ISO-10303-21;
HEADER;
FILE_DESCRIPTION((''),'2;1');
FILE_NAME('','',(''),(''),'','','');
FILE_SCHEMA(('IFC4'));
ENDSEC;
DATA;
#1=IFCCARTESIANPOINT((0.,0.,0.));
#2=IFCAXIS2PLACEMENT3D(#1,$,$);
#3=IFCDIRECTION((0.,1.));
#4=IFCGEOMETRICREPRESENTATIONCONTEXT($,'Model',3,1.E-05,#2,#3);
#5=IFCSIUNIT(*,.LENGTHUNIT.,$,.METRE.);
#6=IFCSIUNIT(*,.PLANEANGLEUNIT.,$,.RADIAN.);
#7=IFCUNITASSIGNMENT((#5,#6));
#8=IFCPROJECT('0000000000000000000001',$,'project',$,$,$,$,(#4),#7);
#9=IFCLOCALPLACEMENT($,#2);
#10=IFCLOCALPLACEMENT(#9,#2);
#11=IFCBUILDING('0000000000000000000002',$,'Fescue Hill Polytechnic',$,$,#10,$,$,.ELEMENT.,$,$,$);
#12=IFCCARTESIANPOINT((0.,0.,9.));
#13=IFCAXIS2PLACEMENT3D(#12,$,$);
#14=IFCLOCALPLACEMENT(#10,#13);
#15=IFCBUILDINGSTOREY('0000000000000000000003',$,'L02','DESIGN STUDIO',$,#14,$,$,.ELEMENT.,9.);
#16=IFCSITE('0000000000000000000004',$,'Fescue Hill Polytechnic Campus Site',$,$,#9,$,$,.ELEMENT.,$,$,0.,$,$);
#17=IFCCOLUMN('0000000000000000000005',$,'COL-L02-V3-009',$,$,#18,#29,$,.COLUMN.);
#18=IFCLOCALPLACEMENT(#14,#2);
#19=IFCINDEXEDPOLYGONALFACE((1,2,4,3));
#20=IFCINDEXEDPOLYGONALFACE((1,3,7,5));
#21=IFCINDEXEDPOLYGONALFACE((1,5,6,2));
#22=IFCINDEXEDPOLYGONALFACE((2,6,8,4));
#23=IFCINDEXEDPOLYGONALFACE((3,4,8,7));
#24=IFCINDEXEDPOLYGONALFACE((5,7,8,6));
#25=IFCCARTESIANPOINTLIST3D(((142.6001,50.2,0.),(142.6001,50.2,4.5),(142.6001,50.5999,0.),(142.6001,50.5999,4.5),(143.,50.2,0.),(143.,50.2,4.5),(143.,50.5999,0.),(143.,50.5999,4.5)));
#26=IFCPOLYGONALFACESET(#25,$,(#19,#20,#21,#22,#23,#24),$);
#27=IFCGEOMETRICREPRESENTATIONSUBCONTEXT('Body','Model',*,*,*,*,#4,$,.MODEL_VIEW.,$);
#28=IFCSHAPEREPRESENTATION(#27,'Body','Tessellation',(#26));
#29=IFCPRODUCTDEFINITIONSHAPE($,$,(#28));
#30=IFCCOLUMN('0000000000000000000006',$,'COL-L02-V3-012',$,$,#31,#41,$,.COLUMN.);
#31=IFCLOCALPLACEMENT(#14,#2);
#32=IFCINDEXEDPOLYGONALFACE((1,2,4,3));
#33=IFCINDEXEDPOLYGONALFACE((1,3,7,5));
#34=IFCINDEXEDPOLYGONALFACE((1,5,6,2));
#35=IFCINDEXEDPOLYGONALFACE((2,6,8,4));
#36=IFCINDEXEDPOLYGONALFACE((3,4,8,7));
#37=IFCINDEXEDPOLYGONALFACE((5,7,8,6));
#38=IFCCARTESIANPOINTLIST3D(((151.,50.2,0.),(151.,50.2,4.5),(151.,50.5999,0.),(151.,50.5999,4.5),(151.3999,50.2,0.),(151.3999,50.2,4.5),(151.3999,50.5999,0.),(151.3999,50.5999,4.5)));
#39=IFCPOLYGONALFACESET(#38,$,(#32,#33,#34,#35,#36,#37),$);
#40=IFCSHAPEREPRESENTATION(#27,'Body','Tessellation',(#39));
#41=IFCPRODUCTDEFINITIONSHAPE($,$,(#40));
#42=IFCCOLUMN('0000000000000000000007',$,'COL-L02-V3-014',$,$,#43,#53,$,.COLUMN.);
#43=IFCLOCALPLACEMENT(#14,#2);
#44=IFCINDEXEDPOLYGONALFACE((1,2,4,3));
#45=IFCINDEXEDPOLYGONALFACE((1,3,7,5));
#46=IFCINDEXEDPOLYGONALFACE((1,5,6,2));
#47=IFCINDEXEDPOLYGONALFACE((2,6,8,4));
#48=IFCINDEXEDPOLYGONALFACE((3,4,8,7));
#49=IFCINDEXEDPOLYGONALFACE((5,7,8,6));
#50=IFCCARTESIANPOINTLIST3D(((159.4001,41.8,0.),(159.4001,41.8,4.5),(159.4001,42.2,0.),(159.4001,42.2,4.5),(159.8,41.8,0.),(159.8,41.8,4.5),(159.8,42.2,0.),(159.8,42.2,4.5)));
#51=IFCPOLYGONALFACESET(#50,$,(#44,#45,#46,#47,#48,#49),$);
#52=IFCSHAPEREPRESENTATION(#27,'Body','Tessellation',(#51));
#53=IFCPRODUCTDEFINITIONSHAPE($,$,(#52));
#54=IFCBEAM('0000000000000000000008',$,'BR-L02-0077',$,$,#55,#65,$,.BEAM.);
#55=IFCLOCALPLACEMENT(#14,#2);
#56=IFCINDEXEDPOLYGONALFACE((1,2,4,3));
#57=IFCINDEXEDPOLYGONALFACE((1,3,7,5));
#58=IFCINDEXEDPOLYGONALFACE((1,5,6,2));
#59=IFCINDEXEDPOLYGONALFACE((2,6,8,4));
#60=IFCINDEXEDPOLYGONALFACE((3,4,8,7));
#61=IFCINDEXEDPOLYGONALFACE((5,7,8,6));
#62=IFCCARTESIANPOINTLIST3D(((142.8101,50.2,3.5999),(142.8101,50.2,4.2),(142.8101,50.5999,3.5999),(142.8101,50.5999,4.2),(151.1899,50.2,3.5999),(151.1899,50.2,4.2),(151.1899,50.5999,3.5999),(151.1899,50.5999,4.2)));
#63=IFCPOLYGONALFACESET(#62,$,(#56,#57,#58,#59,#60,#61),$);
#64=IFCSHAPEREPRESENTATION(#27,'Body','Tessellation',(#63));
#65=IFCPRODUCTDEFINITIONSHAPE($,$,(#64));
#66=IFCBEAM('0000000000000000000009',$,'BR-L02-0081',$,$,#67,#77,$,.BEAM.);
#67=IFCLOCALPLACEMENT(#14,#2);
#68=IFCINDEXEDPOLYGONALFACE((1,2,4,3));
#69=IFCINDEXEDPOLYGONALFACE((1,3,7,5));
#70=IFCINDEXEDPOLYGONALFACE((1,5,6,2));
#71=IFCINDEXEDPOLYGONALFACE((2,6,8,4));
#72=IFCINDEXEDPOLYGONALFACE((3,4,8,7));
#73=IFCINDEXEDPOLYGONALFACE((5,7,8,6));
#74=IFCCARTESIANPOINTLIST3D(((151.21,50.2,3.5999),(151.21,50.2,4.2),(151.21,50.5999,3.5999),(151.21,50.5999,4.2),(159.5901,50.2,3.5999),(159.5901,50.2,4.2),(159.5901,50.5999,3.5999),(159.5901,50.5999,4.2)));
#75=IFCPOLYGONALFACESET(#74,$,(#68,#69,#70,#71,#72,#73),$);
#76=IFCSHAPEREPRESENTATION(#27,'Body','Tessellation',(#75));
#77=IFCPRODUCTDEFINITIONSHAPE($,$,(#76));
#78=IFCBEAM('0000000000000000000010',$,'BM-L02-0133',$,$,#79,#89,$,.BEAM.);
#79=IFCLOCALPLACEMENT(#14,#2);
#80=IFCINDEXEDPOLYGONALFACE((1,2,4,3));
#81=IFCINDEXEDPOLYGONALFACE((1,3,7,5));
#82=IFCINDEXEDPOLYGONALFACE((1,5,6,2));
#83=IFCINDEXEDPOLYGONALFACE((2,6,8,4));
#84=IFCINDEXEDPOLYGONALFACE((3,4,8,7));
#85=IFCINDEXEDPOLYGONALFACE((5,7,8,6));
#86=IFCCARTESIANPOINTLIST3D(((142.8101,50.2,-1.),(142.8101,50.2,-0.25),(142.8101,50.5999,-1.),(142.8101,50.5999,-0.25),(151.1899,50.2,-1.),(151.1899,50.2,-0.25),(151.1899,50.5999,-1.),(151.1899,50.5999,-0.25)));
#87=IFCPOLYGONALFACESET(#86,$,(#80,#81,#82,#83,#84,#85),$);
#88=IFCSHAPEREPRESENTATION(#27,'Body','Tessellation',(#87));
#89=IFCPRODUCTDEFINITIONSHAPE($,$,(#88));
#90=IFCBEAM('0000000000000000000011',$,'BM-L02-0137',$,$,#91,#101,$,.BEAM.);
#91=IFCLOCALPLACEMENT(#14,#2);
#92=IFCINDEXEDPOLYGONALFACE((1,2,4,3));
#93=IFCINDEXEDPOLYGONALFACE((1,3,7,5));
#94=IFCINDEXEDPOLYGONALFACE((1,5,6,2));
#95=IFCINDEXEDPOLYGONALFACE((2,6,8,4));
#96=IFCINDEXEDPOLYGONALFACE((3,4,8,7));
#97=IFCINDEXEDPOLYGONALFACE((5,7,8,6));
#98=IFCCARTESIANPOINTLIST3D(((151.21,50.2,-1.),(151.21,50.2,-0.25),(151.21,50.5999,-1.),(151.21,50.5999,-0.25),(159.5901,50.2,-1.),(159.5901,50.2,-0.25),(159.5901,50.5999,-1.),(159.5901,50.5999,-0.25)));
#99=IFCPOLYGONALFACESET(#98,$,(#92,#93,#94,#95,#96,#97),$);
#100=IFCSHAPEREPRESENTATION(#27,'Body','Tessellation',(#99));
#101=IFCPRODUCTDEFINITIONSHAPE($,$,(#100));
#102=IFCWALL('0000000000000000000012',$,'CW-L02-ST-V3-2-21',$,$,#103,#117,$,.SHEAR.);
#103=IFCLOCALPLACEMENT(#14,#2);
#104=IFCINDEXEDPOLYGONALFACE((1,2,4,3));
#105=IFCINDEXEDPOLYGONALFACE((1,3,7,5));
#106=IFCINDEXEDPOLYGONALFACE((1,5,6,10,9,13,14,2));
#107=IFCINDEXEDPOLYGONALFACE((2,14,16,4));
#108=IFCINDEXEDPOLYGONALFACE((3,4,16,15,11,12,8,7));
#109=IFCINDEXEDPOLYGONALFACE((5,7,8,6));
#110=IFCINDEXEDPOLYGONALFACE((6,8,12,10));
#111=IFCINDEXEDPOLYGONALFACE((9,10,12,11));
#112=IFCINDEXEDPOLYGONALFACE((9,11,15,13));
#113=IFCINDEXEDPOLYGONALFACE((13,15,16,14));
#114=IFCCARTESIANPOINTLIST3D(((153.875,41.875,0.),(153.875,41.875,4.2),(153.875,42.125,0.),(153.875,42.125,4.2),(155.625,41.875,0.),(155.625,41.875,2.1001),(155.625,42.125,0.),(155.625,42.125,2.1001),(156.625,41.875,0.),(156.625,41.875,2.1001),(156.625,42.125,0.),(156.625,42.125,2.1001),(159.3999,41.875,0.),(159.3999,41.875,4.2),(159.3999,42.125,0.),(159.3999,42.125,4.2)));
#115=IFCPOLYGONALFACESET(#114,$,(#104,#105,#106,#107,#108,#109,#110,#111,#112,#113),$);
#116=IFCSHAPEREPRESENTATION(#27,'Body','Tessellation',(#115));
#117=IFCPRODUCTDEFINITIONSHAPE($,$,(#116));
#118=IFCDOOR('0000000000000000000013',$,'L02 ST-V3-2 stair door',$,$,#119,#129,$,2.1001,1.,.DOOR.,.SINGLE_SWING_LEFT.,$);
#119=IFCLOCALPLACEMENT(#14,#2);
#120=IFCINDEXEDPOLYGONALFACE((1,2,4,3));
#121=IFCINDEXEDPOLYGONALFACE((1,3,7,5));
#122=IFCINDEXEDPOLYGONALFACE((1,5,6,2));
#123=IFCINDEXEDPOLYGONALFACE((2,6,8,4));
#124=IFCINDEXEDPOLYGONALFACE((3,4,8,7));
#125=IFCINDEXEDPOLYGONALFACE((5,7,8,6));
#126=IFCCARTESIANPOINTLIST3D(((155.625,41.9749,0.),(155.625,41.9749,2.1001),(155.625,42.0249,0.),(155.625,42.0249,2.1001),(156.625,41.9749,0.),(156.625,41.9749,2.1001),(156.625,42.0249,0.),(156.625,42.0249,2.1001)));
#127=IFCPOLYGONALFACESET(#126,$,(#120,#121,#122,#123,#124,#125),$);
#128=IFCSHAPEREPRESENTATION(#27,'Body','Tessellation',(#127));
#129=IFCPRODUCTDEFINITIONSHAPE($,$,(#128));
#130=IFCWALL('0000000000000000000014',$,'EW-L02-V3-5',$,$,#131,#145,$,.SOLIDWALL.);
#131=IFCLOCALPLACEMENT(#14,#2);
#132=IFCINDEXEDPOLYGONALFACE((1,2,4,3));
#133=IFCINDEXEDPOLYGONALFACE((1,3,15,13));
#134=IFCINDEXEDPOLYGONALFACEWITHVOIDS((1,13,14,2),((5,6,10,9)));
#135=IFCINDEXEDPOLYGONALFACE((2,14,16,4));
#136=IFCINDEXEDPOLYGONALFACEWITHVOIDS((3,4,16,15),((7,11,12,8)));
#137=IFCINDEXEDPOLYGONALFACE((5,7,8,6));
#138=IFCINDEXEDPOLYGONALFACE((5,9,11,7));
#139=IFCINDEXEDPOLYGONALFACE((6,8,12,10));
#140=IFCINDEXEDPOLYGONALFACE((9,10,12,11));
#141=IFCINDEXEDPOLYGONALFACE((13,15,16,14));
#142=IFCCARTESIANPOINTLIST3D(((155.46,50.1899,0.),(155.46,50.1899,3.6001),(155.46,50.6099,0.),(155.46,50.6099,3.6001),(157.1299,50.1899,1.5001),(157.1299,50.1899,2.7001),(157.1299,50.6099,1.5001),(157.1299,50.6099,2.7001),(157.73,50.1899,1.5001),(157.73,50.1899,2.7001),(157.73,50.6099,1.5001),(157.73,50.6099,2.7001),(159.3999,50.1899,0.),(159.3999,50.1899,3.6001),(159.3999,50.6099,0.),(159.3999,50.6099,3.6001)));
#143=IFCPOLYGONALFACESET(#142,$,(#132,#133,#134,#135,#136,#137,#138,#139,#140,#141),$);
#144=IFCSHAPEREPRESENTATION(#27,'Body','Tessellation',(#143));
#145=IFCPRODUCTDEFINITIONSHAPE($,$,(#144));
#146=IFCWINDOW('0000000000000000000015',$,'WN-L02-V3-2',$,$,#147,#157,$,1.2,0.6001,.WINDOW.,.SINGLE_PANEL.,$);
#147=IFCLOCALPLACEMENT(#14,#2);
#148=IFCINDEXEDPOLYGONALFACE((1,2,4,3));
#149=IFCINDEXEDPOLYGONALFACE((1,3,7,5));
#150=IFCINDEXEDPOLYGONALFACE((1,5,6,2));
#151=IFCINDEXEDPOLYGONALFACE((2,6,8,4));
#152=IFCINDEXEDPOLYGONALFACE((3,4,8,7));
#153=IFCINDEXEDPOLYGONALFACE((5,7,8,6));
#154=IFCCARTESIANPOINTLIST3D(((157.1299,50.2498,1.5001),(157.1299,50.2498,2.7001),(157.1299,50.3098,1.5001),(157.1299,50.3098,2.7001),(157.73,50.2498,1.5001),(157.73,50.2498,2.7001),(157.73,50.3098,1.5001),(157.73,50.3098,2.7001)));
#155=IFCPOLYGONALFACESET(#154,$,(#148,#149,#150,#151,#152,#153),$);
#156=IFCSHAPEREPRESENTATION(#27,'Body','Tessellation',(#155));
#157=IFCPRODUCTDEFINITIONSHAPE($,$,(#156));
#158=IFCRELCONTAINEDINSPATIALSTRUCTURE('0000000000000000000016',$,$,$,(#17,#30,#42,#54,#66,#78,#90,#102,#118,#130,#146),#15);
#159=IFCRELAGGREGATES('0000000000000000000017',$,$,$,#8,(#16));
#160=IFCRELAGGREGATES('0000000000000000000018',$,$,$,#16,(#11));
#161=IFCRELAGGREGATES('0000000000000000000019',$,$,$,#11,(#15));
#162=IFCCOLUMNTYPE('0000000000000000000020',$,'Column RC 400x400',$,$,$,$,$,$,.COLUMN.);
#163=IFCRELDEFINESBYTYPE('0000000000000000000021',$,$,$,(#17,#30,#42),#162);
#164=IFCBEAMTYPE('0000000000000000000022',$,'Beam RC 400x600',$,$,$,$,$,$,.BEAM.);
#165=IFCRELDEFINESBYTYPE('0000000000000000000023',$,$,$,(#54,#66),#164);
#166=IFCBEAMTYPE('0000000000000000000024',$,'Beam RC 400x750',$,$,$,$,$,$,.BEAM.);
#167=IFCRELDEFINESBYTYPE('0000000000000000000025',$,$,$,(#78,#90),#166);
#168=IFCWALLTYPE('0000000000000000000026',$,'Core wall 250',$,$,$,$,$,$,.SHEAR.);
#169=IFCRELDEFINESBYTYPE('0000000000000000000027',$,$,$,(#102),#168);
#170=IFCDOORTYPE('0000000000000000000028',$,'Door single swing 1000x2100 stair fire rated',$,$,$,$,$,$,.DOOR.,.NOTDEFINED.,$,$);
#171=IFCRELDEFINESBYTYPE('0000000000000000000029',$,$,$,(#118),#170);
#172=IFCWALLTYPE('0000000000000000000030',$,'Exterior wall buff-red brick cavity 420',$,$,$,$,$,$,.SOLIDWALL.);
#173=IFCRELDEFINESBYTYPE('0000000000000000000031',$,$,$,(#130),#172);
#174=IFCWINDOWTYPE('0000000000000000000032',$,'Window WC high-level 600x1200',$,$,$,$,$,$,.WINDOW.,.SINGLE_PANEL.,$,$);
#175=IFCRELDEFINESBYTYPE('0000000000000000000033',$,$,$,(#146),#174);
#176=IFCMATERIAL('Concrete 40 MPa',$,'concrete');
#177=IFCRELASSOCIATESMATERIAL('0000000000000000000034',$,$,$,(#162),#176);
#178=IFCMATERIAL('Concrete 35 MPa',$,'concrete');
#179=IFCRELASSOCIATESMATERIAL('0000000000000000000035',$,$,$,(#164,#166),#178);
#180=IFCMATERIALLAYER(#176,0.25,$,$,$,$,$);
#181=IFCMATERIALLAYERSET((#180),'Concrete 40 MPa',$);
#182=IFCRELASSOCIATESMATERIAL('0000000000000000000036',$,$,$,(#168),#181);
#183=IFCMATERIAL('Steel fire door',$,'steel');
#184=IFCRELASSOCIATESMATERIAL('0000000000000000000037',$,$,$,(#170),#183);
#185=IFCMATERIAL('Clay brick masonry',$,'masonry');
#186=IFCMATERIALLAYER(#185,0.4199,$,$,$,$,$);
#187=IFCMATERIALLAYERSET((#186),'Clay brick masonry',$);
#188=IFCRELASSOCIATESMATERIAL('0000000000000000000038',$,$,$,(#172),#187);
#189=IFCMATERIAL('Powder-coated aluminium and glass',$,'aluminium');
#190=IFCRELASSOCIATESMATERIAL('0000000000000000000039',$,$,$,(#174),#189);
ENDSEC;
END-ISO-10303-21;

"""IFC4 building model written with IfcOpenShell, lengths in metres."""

from ifc_helpers import new_model, si_unit, direction, frame, frame_2d, origin, origin_2d, place, context, subcontext, project, spatial, rectangle, extrude, material, layer, layer_set, material_profile, profile_set, type_object, element, fill, save


model = new_model("IFC4")

# Units and contexts
model_context = context("Model", 3, precision=1e-05, world=origin(), true_north=direction((0.0, 1.0)))
body_context = subcontext(model_context, "Body", "Model", "MODEL_VIEW")
ifc_project = project(units=[si_unit("LENGTHUNIT", "METRE"), si_unit("PLANEANGLEUNIT", "RADIAN")], contexts=[model_context])

# Site, building, storey
site_placement = place(None, origin())
site = spatial("IfcSite", under=ifc_project, at=site_placement, Name="Fescue Hill Polytechnic Campus Site", CompositionType="ELEMENT", RefElevation=0.0)
building_placement = place(site_placement, origin())
building = spatial("IfcBuilding", under=site, at=building_placement, Name="Fescue Hill Polytechnic", CompositionType="ELEMENT")
storey_placement = place(building_placement, frame((0.0, 0.0, 9.0)))
storey = spatial("IfcBuildingStorey", under=building, at=storey_placement, Name="L02", Description="DESIGN STUDIO", CompositionType="ELEMENT", Elevation=9.0)

# Columns
ifc_material_1 = material(Name="Concrete 40 MPa", Category="concrete")
ifc_material_profile_1 = material_profile(ifc_material_1, rectangle(XDim=0.3999, YDim=0.3999, at=origin_2d()), Name="RC 400x400")
ifc_profile_set_1 = profile_set([ifc_material_profile_1], Name="Concrete 40 MPa")
column_type = type_object("IfcColumnType", Name="Column RC 400x400", PredefinedType="COLUMN", material=ifc_profile_set_1)
for number, where, z_axis, x_axis, name in (
    (1, (142.8, 50.3999, 0.0), (0.0, 0.0, 1.0), (1.0, 0.0, 0.0), "COL-L02-V3-009"),
    (2, (151.2, 50.3999, 0.0), (0.0, 0.0, 1.0), (1.0, 0.0, 0.0), "COL-L02-V3-012"),
    (3, (159.6001, 42.0, 0.0), (0.0, 0.0, 1.0), (1.0, 0.0, 0.0), "COL-L02-V3-014"),
):
    element("IfcColumn", number, at=place(storey_placement, frame(where, z_axis=z_axis, x_axis=x_axis)), inside=storey, type_object=column_type, Name=name, PredefinedType="COLUMN", context=body_context, shape_type="SweptSolid", body=[
        extrude(rectangle(XDim=0.3999, YDim=0.3999, at=origin_2d()), origin(), (0.0, 0.0, 1.0), 4.5),
    ])

# Beams
ifc_material_2 = material(Name="Concrete 35 MPa", Category="concrete")
ifc_material_profile_2 = material_profile(ifc_material_2, rectangle(XDim=0.3999, YDim=0.6001, at=origin_2d()), Name="RC 400x600")
ifc_profile_set_2 = profile_set([ifc_material_profile_2], Name="Concrete 35 MPa")
beam_type_1 = type_object("IfcBeamType", Name="Beam RC 400x600", PredefinedType="BEAM", material=ifc_profile_set_2)
beam_1_placement = place(storey_placement, frame((142.8101, 50.3999, 3.8999), z_axis=(1.0, 0.0, 0.0), x_axis=(0.0, 1.0, 0.0)))
element("IfcBeam", 4, at=beam_1_placement, inside=storey, type_object=beam_type_1, Name="BR-L02-0077", PredefinedType="BEAM", context=body_context, shape_type="SweptSolid", body=[
    extrude(rectangle(XDim=0.3999, YDim=0.6001, at=origin_2d()), origin(), (0.0, 0.0, 1.0), 8.3799),
])
beam_2_placement = place(storey_placement, frame((151.21, 50.3999, 3.8999), z_axis=(1.0, 0.0, 0.0), x_axis=(0.0, 1.0, 0.0)))
element("IfcBeam", 5, at=beam_2_placement, inside=storey, type_object=beam_type_1, Name="BR-L02-0081", PredefinedType="BEAM", context=body_context, shape_type="SweptSolid", body=[
    extrude(rectangle(XDim=0.3999, YDim=0.6001, at=origin_2d()), origin(), (0.0, 0.0, 1.0), 8.3801),
])
ifc_material_profile_3 = material_profile(ifc_material_2, rectangle(XDim=0.3999, YDim=0.75, at=origin_2d()), Name="RC 400x750")
ifc_profile_set_3 = profile_set([ifc_material_profile_3], Name="Concrete 35 MPa")
beam_type_2 = type_object("IfcBeamType", Name="Beam RC 400x750", PredefinedType="BEAM", material=ifc_profile_set_3)
beam_3_placement = place(storey_placement, frame((142.8101, 50.3999, -0.625), z_axis=(1.0, 0.0, 0.0), x_axis=(0.0, 1.0, 0.0)))
element("IfcBeam", 6, at=beam_3_placement, inside=storey, type_object=beam_type_2, Name="BM-L02-0133", PredefinedType="BEAM", context=body_context, shape_type="SweptSolid", body=[
    extrude(rectangle(XDim=0.3999, YDim=0.75, at=origin_2d()), origin(), (0.0, 0.0, 1.0), 8.3799),
])
beam_4_placement = place(storey_placement, frame((151.21, 50.3999, -0.625), z_axis=(1.0, 0.0, 0.0), x_axis=(0.0, 1.0, 0.0)))
element("IfcBeam", 7, at=beam_4_placement, inside=storey, type_object=beam_type_2, Name="BM-L02-0137", PredefinedType="BEAM", context=body_context, shape_type="SweptSolid", body=[
    extrude(rectangle(XDim=0.3999, YDim=0.75, at=origin_2d()), origin(), (0.0, 0.0, 1.0), 8.3801),
])

# Wall, opening, door
ifc_layer_1 = layer(ifc_material_1, 0.25)
ifc_layer_set_1 = layer_set([ifc_layer_1], Name="Concrete 40 MPa")
wall_type_1 = type_object("IfcWallType", Name="Core wall 250", PredefinedType="SHEAR", material=ifc_layer_set_1)
wall_1_placement = place(storey_placement, frame((153.875, 42.0, 0.0), z_axis=(0.0, 0.0, 1.0), x_axis=(1.0, 0.0, 0.0)))
wall_1 = element("IfcWall", 8, at=wall_1_placement, inside=storey, type_object=wall_type_1, Name="CW-L02-ST-V3-2-21", PredefinedType="SHEAR", context=body_context, shape_type="SweptSolid", body=[
    extrude(rectangle(XDim=5.5249, YDim=0.25, at=frame_2d((2.7625, 0.0))), origin(), (0.0, 0.0, 1.0), 4.2),
])
opening_1_placement = place(wall_1_placement, frame((1.75, 0.0, 0.0)))
opening_1 = element("IfcOpeningElement", 9, at=opening_1_placement, cuts=wall_1, PredefinedType="OPENING", context=body_context, shape_type="SweptSolid", body=[
    extrude(rectangle(XDim=1.0, YDim=2.1001, at=frame_2d((0.5, 1.05))), frame((0.0, 0.135, 0.0), z_axis=(0.0, -1.0, 0.0), x_axis=(1.0, 0.0, 0.0)), (0.0, 0.0, 1.0), 0.27),
])
ifc_material_3 = material(Name="Steel fire door", Category="steel")
door_type_1 = type_object("IfcDoorType", Name="Door single swing 1000x2100 stair fire rated", OperationType="NOTDEFINED", PredefinedType="DOOR", material=ifc_material_3)
door_1_placement = place(opening_1_placement, origin())
door_1 = element("IfcDoor", 10, at=door_1_placement, inside=storey, type_object=door_type_1, Name="L02 ST-V3-2 stair door", OperationType="SINGLE_SWING_LEFT", OverallHeight=2.1001, OverallWidth=1.0, PredefinedType="DOOR", context=body_context, shape_type="SweptSolid", body=[
    extrude(rectangle(XDim=1.0, YDim=2.1001, at=frame_2d((0.5, 1.05))), frame((0.0, 0.0249, 0.0), z_axis=(0.0, -1.0, 0.0), x_axis=(1.0, 0.0, 0.0)), (0.0, 0.0, 1.0), 0.05),
])
fill(opening_1, door_1)

# Wall, opening, window
ifc_material_4 = material(Name="Clay brick masonry", Category="masonry")
ifc_layer_2 = layer(ifc_material_4, 0.4199)
ifc_layer_set_2 = layer_set([ifc_layer_2], Name="Clay brick masonry")
wall_type_2 = type_object("IfcWallType", Name="Exterior wall buff-red brick cavity 420", PredefinedType="SOLIDWALL", material=ifc_layer_set_2)
wall_2_placement = place(storey_placement, frame((159.3999, 50.3999, 0.0), z_axis=(0.0, 0.0, 1.0), x_axis=(-1.0, 0.0, 0.0)))
wall_2 = element("IfcWall", 11, at=wall_2_placement, inside=storey, type_object=wall_type_2, Name="EW-L02-V3-5", PredefinedType="SOLIDWALL", context=body_context, shape_type="SweptSolid", body=[
    extrude(rectangle(XDim=3.9399, YDim=0.4199, at=frame_2d((1.97, 0.0))), origin(), (0.0, 0.0, 1.0), 3.6001),
])
opening_2_placement = place(wall_2_placement, frame((1.6699, 0.0, 1.5)))
opening_2 = element("IfcOpeningElement", 12, at=opening_2_placement, cuts=wall_2, PredefinedType="OPENING", context=body_context, shape_type="SweptSolid", body=[
    extrude(rectangle(XDim=0.6001, YDim=1.2, at=frame_2d((0.3, 0.6001))), frame((0.0, 0.22, 0.0), z_axis=(0.0, -1.0, 0.0), x_axis=(1.0, 0.0, 0.0)), (0.0, 0.0, 1.0), 0.4399),
])
ifc_material_5 = material(Name="Powder-coated aluminium and glass", Category="aluminium")
window_type_1 = type_object("IfcWindowType", Name="Window WC high-level 600x1200", PartitioningType="SINGLE_PANEL", PredefinedType="WINDOW", material=ifc_material_5)
window_1_placement = place(opening_2_placement, origin())
window_1 = element("IfcWindow", 13, at=window_1_placement, inside=storey, type_object=window_type_1, Name="WN-L02-V3-2", OverallHeight=1.2, OverallWidth=0.6001, PartitioningType="SINGLE_PANEL", PredefinedType="WINDOW", context=body_context, shape_type="SweptSolid", body=[
    extrude(rectangle(XDim=0.6001, YDim=1.2, at=frame_2d((0.3, 0.6001))), frame((0.0, 0.1501, 0.0), z_axis=(0.0, -1.0, 0.0), x_axis=(1.0, 0.0, 0.0)), (0.0, 0.0, 1.0), 0.0601),
])
fill(opening_2, window_1)

save(model, "model.ifc")
